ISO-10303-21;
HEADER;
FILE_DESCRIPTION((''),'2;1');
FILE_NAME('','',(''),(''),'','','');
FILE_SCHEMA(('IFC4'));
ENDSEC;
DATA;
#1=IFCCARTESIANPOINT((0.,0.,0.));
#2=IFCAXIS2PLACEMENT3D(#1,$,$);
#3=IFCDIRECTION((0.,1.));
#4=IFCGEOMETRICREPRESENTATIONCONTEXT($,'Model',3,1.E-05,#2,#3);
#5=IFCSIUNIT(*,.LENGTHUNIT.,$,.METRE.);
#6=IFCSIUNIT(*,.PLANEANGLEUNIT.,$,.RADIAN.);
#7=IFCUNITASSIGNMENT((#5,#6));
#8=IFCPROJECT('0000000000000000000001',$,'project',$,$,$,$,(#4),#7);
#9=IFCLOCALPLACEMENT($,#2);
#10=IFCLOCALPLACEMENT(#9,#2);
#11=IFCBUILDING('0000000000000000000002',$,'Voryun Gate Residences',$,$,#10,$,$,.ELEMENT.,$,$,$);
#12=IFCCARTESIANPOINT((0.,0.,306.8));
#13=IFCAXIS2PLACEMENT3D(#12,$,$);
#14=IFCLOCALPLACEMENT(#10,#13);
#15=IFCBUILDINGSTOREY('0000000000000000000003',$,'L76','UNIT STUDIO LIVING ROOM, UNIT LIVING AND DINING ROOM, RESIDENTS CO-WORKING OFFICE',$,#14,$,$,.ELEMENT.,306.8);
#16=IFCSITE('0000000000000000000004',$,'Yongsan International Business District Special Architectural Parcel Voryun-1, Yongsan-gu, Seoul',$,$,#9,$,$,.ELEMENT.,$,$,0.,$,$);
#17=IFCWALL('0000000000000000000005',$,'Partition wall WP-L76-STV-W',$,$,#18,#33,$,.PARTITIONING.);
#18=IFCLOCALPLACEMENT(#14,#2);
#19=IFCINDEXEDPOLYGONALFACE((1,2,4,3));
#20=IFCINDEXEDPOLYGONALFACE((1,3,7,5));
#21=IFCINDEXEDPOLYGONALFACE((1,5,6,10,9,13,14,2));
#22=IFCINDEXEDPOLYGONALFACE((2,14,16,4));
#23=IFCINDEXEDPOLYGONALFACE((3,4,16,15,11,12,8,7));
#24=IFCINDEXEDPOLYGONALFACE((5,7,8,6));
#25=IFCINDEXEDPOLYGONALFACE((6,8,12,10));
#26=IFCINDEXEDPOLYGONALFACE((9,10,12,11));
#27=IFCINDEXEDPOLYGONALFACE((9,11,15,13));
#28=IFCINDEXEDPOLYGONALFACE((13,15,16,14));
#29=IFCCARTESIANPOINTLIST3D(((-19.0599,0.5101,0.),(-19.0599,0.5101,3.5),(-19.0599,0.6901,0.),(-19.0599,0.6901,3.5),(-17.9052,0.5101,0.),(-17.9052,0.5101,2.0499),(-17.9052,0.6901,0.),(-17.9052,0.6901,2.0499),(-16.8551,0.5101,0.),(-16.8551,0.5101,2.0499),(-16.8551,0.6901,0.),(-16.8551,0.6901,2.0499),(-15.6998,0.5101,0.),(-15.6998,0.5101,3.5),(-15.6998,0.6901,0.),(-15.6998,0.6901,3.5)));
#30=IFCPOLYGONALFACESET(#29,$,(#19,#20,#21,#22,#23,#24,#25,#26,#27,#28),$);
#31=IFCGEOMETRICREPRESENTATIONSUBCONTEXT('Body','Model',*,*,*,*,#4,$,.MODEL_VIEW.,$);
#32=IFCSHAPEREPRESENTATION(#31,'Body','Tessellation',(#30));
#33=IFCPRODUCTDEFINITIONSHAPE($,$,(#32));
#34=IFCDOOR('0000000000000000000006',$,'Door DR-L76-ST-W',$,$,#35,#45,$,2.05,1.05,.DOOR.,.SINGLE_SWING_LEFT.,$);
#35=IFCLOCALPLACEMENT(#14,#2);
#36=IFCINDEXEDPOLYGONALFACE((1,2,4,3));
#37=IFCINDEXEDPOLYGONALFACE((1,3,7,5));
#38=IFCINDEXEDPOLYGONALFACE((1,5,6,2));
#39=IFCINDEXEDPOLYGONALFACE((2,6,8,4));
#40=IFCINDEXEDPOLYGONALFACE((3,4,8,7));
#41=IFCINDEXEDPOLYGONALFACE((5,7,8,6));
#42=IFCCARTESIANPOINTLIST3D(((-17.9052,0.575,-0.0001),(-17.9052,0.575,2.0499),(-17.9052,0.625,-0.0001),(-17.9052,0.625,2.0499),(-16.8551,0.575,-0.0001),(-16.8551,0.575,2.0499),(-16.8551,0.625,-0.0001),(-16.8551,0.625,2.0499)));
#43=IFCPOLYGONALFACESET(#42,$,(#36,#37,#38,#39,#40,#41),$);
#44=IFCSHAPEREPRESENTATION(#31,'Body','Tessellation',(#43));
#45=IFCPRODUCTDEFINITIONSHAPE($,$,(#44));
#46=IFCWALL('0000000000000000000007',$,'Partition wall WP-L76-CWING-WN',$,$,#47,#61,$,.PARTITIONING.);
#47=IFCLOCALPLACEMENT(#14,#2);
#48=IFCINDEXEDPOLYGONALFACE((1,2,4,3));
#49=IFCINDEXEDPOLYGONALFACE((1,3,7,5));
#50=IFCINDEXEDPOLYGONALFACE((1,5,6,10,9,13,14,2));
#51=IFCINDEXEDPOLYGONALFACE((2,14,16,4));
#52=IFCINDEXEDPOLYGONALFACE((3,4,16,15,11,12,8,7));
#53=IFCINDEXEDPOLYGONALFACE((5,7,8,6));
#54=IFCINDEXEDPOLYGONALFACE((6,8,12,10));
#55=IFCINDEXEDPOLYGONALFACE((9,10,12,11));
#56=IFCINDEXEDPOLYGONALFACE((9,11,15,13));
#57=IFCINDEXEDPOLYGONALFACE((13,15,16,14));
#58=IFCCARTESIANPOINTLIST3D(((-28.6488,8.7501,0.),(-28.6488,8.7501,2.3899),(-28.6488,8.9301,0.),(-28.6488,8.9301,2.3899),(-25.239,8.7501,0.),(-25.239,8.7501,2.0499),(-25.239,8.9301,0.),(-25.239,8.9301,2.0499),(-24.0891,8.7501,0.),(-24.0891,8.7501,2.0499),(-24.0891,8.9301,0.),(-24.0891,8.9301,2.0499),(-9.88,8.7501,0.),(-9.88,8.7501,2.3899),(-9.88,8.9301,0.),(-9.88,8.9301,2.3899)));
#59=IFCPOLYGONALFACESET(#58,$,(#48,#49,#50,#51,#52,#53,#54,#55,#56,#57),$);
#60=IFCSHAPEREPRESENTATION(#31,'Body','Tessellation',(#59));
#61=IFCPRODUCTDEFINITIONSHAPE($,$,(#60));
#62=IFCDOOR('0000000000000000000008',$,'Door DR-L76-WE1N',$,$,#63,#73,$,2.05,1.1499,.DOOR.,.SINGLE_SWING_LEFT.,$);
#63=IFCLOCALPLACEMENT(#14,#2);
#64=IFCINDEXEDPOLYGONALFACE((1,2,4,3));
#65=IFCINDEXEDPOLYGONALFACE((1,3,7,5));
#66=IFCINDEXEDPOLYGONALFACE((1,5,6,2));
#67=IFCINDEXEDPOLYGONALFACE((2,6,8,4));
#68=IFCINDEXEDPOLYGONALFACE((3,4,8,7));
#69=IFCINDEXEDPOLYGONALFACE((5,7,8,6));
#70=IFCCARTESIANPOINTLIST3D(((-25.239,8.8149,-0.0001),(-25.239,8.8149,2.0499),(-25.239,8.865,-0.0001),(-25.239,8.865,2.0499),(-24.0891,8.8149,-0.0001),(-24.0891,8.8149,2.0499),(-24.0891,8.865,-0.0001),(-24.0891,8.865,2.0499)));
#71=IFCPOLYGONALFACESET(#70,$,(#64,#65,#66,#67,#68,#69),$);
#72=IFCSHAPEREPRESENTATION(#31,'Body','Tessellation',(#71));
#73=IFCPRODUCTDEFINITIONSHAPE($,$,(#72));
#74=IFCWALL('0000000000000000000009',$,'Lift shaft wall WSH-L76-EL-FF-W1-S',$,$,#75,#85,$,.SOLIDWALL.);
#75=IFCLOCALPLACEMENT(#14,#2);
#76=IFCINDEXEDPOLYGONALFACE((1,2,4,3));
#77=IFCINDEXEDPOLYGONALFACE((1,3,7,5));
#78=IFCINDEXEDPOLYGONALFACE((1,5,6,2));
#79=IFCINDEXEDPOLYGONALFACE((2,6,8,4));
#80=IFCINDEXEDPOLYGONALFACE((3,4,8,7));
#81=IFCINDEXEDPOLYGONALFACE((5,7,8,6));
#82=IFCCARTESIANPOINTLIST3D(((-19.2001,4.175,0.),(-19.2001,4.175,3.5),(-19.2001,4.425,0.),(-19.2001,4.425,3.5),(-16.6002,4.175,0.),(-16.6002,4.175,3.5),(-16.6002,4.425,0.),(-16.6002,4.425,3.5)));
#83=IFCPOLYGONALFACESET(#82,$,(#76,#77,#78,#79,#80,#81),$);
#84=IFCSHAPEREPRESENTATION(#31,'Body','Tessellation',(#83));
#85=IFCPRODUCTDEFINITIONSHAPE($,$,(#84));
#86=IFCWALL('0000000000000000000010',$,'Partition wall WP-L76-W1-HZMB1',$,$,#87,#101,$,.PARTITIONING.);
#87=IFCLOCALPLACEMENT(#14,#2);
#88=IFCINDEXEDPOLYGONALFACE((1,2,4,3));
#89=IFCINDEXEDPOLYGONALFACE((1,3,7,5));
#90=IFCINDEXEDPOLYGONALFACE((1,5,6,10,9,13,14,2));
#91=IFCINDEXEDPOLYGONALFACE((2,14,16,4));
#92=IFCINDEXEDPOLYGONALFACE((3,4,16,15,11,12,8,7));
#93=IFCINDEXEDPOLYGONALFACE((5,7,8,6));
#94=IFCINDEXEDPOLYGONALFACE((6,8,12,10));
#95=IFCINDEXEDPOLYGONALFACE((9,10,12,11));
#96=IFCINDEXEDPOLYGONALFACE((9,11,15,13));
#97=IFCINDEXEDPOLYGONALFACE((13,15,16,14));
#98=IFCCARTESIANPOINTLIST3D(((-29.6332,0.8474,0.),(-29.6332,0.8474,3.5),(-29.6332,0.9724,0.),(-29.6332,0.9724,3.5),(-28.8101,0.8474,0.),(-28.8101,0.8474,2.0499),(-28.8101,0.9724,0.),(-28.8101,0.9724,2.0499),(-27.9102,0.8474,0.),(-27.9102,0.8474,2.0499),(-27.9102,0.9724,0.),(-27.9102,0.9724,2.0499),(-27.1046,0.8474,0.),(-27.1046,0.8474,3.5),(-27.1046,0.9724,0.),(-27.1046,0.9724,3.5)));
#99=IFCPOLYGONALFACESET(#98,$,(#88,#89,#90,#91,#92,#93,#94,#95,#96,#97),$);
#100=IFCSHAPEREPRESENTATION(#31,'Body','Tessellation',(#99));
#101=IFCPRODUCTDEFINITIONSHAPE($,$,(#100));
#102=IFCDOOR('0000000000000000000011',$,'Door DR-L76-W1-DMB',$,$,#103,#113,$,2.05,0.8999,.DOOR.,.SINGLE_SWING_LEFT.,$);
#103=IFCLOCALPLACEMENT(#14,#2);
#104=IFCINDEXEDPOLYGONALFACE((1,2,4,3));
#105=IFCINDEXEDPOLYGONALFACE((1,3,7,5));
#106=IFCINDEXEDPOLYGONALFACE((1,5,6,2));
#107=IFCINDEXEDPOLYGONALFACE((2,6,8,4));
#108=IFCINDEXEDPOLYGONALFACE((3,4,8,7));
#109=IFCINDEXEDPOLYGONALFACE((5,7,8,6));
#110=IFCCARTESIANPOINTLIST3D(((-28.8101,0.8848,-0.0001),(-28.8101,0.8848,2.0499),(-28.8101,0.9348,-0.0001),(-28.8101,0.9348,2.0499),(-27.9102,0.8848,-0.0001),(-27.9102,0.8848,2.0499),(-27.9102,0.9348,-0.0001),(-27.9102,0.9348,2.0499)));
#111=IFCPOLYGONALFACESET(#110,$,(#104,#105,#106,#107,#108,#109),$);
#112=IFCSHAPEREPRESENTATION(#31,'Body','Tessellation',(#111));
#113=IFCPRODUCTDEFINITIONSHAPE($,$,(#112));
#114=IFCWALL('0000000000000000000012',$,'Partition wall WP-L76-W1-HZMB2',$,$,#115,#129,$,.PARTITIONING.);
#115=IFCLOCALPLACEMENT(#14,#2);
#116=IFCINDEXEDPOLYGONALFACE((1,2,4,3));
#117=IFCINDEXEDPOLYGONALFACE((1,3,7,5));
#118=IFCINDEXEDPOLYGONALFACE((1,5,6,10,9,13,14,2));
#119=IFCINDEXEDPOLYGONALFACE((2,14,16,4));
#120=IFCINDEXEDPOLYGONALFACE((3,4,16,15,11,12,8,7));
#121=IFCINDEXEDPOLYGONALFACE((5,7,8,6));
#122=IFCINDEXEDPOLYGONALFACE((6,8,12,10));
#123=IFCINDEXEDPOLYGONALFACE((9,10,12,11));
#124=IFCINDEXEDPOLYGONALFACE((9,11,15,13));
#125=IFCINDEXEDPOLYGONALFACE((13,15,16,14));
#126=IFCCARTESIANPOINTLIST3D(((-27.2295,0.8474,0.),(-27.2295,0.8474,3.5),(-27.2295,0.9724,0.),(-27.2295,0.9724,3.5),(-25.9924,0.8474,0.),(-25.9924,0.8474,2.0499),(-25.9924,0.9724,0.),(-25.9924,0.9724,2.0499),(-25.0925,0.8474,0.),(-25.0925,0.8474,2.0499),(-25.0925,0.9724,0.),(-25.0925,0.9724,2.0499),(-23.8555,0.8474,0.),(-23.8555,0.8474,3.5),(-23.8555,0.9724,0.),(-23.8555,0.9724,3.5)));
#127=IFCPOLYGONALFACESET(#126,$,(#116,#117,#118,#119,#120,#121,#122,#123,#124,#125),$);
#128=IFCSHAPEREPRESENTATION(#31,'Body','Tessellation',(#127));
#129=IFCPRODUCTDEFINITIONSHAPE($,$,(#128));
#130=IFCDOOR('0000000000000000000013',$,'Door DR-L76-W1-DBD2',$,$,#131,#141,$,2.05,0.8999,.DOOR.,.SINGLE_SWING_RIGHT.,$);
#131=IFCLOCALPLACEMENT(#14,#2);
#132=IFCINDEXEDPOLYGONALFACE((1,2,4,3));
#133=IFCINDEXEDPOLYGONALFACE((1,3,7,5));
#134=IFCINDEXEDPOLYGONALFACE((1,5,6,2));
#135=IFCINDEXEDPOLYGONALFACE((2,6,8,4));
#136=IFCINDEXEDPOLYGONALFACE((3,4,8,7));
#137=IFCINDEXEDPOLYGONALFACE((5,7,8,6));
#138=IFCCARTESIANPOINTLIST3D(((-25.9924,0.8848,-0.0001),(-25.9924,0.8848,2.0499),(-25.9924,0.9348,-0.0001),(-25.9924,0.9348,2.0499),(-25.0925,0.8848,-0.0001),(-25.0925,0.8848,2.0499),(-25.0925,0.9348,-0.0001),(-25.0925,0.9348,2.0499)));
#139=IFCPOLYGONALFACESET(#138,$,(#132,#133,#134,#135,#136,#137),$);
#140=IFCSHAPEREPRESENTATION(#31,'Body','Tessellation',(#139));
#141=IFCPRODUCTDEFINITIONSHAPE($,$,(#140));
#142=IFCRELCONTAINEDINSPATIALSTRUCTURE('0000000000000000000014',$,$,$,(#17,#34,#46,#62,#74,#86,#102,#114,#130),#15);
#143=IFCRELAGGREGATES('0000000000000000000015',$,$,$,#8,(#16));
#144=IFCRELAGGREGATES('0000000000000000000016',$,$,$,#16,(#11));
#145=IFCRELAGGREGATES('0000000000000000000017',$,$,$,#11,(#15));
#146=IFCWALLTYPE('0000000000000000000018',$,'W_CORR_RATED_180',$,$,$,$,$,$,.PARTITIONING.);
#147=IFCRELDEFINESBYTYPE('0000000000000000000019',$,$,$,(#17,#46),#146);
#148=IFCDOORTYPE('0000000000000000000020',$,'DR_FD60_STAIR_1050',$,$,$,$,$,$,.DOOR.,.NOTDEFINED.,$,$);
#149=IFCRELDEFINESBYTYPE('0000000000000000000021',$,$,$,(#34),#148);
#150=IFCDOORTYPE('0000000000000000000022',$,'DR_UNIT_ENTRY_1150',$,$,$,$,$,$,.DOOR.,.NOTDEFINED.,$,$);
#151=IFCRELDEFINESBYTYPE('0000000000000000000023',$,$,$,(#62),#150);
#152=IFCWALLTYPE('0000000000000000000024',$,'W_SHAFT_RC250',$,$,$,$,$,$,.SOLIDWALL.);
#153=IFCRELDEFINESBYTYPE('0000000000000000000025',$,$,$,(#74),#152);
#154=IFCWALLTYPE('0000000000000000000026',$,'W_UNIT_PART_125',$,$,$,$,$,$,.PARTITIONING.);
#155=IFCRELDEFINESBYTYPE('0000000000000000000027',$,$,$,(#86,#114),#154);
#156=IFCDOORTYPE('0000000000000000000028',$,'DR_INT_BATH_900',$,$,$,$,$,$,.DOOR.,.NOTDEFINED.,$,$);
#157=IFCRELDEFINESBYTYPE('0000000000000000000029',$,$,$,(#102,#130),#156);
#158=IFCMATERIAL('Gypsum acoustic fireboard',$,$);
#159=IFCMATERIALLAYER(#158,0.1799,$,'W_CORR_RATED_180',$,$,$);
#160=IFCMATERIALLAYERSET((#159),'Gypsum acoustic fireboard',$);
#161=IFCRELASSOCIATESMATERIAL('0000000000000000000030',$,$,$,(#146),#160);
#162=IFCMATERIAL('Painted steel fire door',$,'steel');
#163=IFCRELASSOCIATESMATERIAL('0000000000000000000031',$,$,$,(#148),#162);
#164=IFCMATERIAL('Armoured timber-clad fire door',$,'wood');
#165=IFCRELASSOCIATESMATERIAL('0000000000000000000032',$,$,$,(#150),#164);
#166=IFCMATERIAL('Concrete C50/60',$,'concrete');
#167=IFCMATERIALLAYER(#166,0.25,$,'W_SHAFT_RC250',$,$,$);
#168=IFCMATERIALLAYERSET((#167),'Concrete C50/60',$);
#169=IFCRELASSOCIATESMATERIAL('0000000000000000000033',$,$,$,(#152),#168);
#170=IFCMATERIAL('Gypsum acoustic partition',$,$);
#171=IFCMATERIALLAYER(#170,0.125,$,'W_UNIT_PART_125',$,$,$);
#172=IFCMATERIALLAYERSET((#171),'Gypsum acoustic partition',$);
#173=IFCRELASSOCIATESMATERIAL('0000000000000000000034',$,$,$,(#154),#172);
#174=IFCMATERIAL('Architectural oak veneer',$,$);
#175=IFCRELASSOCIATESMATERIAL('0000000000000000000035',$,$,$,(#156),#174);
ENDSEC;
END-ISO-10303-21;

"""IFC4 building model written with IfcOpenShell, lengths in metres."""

from ifc_helpers import new_model, si_unit, direction, frame, frame_2d, origin, place, context, subcontext, project, spatial, rectangle, extrude, material, layer, layer_set, type_object, element, fill, save


model = new_model("IFC4")

# Units and contexts
model_context = context("Model", 3, precision=1e-05, world=origin(), true_north=direction((0.0, 1.0)))
body_context = subcontext(model_context, "Body", "Model", "MODEL_VIEW")
ifc_project = project(units=[si_unit("LENGTHUNIT", "METRE"), si_unit("PLANEANGLEUNIT", "RADIAN")], contexts=[model_context])

# Site, building, storey
site_placement = place(None, origin())
site = spatial("IfcSite", under=ifc_project, at=site_placement, Name="Yongsan International Business District Special Architectural Parcel Voryun-1, Yongsan-gu, Seoul", CompositionType="ELEMENT", RefElevation=0.0)
building_placement = place(site_placement, origin())
building = spatial("IfcBuilding", under=site, at=building_placement, Name="Voryun Gate Residences", CompositionType="ELEMENT")
storey_placement = place(building_placement, frame((0.0, 0.0, 306.8)))
storey = spatial("IfcBuildingStorey", under=building, at=storey_placement, Name="L76", Description="UNIT STUDIO LIVING ROOM, UNIT LIVING AND DINING ROOM, RESIDENTS CO-WORKING OFFICE", CompositionType="ELEMENT", Elevation=306.8)

# Walls, openings, doors
ifc_material_1 = material(Name="Gypsum acoustic fireboard")
ifc_layer_1 = layer(ifc_material_1, 0.1799, Name="W_CORR_RATED_180")
ifc_layer_set_1 = layer_set([ifc_layer_1], Name="Gypsum acoustic fireboard")
wall_type_1 = type_object("IfcWallType", Name="W_CORR_RATED_180", PredefinedType="PARTITIONING", material=ifc_layer_set_1)
wall_1_placement = place(storey_placement, frame((-19.0601, 0.6001, 0.0), z_axis=(0.0, 0.0, 1.0), x_axis=(1.0, 0.0, 0.0)))
wall_1 = element("IfcWall", 1, at=wall_1_placement, inside=storey, type_object=wall_type_1, Name="Partition wall WP-L76-STV-W", PredefinedType="PARTITIONING", context=body_context, shape_type="SweptSolid", body=[
    extrude(rectangle(XDim=3.3601, YDim=0.1799, at=frame_2d((1.6802, 0.0))), origin(), (0.0, 0.0, 1.0), 3.5),
])
opening_1_placement = place(wall_1_placement, frame((1.155, 0.0, 0.0)))
opening_1 = element("IfcOpeningElement", 2, at=opening_1_placement, cuts=wall_1, PredefinedType="OPENING", context=body_context, shape_type="SweptSolid", body=[
    extrude(rectangle(XDim=1.05, YDim=2.05, at=frame_2d((0.5249, 1.0249))), frame((0.0, 0.0999, 0.0), z_axis=(0.0, -1.0, 0.0), x_axis=(1.0, 0.0, 0.0)), (0.0, 0.0, 1.0), 0.2),
])
ifc_material_2 = material(Name="Painted steel fire door", Category="steel")
door_type_1 = type_object("IfcDoorType", Name="DR_FD60_STAIR_1050", OperationType="NOTDEFINED", PredefinedType="DOOR", material=ifc_material_2)
door_1_placement = place(opening_1_placement, origin())
door_1 = element("IfcDoor", 3, at=door_1_placement, inside=storey, type_object=door_type_1, Name="Door DR-L76-ST-W", OperationType="SINGLE_SWING_LEFT", OverallHeight=2.05, OverallWidth=1.05, PredefinedType="DOOR", context=body_context, shape_type="SweptSolid", body=[
    extrude(rectangle(XDim=1.05, YDim=2.05, at=frame_2d((0.5249, 1.0249))), frame((0.0, 0.0249, 0.0), z_axis=(0.0, -1.0, 0.0), x_axis=(1.0, 0.0, 0.0)), (0.0, 0.0, 1.0), 0.05),
])
fill(opening_1, door_1)
wall_2_placement = place(storey_placement, frame((-28.6487, 8.8401, 0.0), z_axis=(0.0, 0.0, 1.0), x_axis=(1.0, 0.0, 0.0)))
wall_2 = element("IfcWall", 4, at=wall_2_placement, inside=storey, type_object=wall_type_1, Name="Partition wall WP-L76-CWING-WN", PredefinedType="PARTITIONING", context=body_context, shape_type="SweptSolid", body=[
    extrude(rectangle(XDim=18.7688, YDim=0.1799, at=frame_2d((9.3843, 0.0))), origin(), (0.0, 0.0, 1.0), 2.3899),
])
opening_2_placement = place(wall_2_placement, frame((3.4097, 0.0, 0.0)))
opening_2 = element("IfcOpeningElement", 5, at=opening_2_placement, cuts=wall_2, PredefinedType="OPENING", context=body_context, shape_type="SweptSolid", body=[
    extrude(rectangle(XDim=1.1499, YDim=2.05, at=frame_2d((0.575, 1.0249))), frame((0.0, 0.0999, 0.0), z_axis=(0.0, -1.0, 0.0), x_axis=(1.0, 0.0, 0.0)), (0.0, 0.0, 1.0), 0.2),
])
ifc_material_3 = material(Name="Armoured timber-clad fire door", Category="wood")
door_type_2 = type_object("IfcDoorType", Name="DR_UNIT_ENTRY_1150", OperationType="NOTDEFINED", PredefinedType="DOOR", material=ifc_material_3)
door_2_placement = place(opening_2_placement, origin())
door_2 = element("IfcDoor", 6, at=door_2_placement, inside=storey, type_object=door_type_2, Name="Door DR-L76-WE1N", OperationType="SINGLE_SWING_LEFT", OverallHeight=2.05, OverallWidth=1.1499, PredefinedType="DOOR", context=body_context, shape_type="SweptSolid", body=[
    extrude(rectangle(XDim=1.1499, YDim=2.05, at=frame_2d((0.575, 1.0249))), frame((0.0, 0.0249, 0.0), z_axis=(0.0, -1.0, 0.0), x_axis=(1.0, 0.0, 0.0)), (0.0, 0.0, 1.0), 0.05),
])
fill(opening_2, door_2)

# Wall
ifc_material_4 = material(Name="Concrete C50/60", Category="concrete")
ifc_layer_2 = layer(ifc_material_4, 0.25, Name="W_SHAFT_RC250")
ifc_layer_set_2 = layer_set([ifc_layer_2], Name="Concrete C50/60")
wall_type_2 = type_object("IfcWallType", Name="W_SHAFT_RC250", PredefinedType="SOLIDWALL", material=ifc_layer_set_2)
wall_3_placement = place(storey_placement, frame((-19.2, 4.3, 0.0), z_axis=(0.0, 0.0, 1.0), x_axis=(1.0, 0.0, 0.0)))
element("IfcWall", 7, at=wall_3_placement, inside=storey, type_object=wall_type_2, Name="Lift shaft wall WSH-L76-EL-FF-W1-S", PredefinedType="SOLIDWALL", context=body_context, shape_type="SweptSolid", body=[
    extrude(rectangle(XDim=2.5999, YDim=0.25, at=frame_2d((1.2998, 0.0))), origin(), (0.0, 0.0, 1.0), 3.5),
])

# Walls, openings, doors
ifc_material_5 = material(Name="Gypsum acoustic partition")
ifc_layer_3 = layer(ifc_material_5, 0.125, Name="W_UNIT_PART_125")
ifc_layer_set_3 = layer_set([ifc_layer_3], Name="Gypsum acoustic partition")
wall_type_3 = type_object("IfcWallType", Name="W_UNIT_PART_125", PredefinedType="PARTITIONING", material=ifc_layer_set_3)
wall_4_placement = place(storey_placement, frame((-29.6331, 0.9099, 0.0), z_axis=(0.0, 0.0, 1.0), x_axis=(1.0, 0.0, 0.0)))
wall_4 = element("IfcWall", 8, at=wall_4_placement, inside=storey, type_object=wall_type_3, Name="Partition wall WP-L76-W1-HZMB1", PredefinedType="PARTITIONING", context=body_context, shape_type="SweptSolid", body=[
    extrude(rectangle(XDim=2.5286, YDim=0.125, at=frame_2d((1.2642, 0.0))), origin(), (0.0, 0.0, 1.0), 3.5),
])
opening_3_placement = place(wall_4_placement, frame((0.823, 0.0, 0.0)))
opening_3 = element("IfcOpeningElement", 9, at=opening_3_placement, cuts=wall_4, PredefinedType="OPENING", context=body_context, shape_type="SweptSolid", body=[
    extrude(rectangle(XDim=0.8999, YDim=2.05, at=frame_2d((0.45, 1.0249))), frame((0.0, 0.0725, 0.0), z_axis=(0.0, -1.0, 0.0), x_axis=(1.0, 0.0, 0.0)), (0.0, 0.0, 1.0), 0.145),
])
ifc_material_6 = material(Name="Architectural oak veneer")
door_type_3 = type_object("IfcDoorType", Name="DR_INT_BATH_900", OperationType="NOTDEFINED", PredefinedType="DOOR", material=ifc_material_6)
door_3_placement = place(opening_3_placement, origin())
door_3 = element("IfcDoor", 10, at=door_3_placement, inside=storey, type_object=door_type_3, Name="Door DR-L76-W1-DMB", OperationType="SINGLE_SWING_LEFT", OverallHeight=2.05, OverallWidth=0.8999, PredefinedType="DOOR", context=body_context, shape_type="SweptSolid", body=[
    extrude(rectangle(XDim=0.8999, YDim=2.05, at=frame_2d((0.45, 1.0249))), frame((0.0, 0.0249, 0.0), z_axis=(0.0, -1.0, 0.0), x_axis=(1.0, 0.0, 0.0)), (0.0, 0.0, 1.0), 0.05),
])
fill(opening_3, door_3)
wall_5_placement = place(storey_placement, frame((-27.2295, 0.9099, 0.0), z_axis=(0.0, 0.0, 1.0), x_axis=(1.0, 0.0, 0.0)))
wall_5 = element("IfcWall", 11, at=wall_5_placement, inside=storey, type_object=wall_type_3, Name="Partition wall WP-L76-W1-HZMB2", PredefinedType="PARTITIONING", context=body_context, shape_type="SweptSolid", body=[
    extrude(rectangle(XDim=3.374, YDim=0.125, at=frame_2d((1.687, 0.0))), origin(), (0.0, 0.0, 1.0), 3.5),
])
opening_4_placement = place(wall_5_placement, frame((1.2371, 0.0, 0.0)))
opening_4 = element("IfcOpeningElement", 12, at=opening_4_placement, cuts=wall_5, PredefinedType="OPENING", context=body_context, shape_type="SweptSolid", body=[
    extrude(rectangle(XDim=0.8999, YDim=2.05, at=frame_2d((0.45, 1.0249))), frame((0.0, 0.0725, 0.0), z_axis=(0.0, -1.0, 0.0), x_axis=(1.0, 0.0, 0.0)), (0.0, 0.0, 1.0), 0.145),
])
door_4_placement = place(opening_4_placement, origin())
door_4 = element("IfcDoor", 13, at=door_4_placement, inside=storey, type_object=door_type_3, Name="Door DR-L76-W1-DBD2", OperationType="SINGLE_SWING_RIGHT", OverallHeight=2.05, OverallWidth=0.8999, PredefinedType="DOOR", context=body_context, shape_type="SweptSolid", body=[
    extrude(rectangle(XDim=0.8999, YDim=2.05, at=frame_2d((0.45, 1.0249))), frame((0.0, 0.0249, 0.0), z_axis=(0.0, -1.0, 0.0), x_axis=(1.0, 0.0, 0.0)), (0.0, 0.0, 1.0), 0.05),
])
fill(opening_4, door_4)

save(model, "model.ifc")
